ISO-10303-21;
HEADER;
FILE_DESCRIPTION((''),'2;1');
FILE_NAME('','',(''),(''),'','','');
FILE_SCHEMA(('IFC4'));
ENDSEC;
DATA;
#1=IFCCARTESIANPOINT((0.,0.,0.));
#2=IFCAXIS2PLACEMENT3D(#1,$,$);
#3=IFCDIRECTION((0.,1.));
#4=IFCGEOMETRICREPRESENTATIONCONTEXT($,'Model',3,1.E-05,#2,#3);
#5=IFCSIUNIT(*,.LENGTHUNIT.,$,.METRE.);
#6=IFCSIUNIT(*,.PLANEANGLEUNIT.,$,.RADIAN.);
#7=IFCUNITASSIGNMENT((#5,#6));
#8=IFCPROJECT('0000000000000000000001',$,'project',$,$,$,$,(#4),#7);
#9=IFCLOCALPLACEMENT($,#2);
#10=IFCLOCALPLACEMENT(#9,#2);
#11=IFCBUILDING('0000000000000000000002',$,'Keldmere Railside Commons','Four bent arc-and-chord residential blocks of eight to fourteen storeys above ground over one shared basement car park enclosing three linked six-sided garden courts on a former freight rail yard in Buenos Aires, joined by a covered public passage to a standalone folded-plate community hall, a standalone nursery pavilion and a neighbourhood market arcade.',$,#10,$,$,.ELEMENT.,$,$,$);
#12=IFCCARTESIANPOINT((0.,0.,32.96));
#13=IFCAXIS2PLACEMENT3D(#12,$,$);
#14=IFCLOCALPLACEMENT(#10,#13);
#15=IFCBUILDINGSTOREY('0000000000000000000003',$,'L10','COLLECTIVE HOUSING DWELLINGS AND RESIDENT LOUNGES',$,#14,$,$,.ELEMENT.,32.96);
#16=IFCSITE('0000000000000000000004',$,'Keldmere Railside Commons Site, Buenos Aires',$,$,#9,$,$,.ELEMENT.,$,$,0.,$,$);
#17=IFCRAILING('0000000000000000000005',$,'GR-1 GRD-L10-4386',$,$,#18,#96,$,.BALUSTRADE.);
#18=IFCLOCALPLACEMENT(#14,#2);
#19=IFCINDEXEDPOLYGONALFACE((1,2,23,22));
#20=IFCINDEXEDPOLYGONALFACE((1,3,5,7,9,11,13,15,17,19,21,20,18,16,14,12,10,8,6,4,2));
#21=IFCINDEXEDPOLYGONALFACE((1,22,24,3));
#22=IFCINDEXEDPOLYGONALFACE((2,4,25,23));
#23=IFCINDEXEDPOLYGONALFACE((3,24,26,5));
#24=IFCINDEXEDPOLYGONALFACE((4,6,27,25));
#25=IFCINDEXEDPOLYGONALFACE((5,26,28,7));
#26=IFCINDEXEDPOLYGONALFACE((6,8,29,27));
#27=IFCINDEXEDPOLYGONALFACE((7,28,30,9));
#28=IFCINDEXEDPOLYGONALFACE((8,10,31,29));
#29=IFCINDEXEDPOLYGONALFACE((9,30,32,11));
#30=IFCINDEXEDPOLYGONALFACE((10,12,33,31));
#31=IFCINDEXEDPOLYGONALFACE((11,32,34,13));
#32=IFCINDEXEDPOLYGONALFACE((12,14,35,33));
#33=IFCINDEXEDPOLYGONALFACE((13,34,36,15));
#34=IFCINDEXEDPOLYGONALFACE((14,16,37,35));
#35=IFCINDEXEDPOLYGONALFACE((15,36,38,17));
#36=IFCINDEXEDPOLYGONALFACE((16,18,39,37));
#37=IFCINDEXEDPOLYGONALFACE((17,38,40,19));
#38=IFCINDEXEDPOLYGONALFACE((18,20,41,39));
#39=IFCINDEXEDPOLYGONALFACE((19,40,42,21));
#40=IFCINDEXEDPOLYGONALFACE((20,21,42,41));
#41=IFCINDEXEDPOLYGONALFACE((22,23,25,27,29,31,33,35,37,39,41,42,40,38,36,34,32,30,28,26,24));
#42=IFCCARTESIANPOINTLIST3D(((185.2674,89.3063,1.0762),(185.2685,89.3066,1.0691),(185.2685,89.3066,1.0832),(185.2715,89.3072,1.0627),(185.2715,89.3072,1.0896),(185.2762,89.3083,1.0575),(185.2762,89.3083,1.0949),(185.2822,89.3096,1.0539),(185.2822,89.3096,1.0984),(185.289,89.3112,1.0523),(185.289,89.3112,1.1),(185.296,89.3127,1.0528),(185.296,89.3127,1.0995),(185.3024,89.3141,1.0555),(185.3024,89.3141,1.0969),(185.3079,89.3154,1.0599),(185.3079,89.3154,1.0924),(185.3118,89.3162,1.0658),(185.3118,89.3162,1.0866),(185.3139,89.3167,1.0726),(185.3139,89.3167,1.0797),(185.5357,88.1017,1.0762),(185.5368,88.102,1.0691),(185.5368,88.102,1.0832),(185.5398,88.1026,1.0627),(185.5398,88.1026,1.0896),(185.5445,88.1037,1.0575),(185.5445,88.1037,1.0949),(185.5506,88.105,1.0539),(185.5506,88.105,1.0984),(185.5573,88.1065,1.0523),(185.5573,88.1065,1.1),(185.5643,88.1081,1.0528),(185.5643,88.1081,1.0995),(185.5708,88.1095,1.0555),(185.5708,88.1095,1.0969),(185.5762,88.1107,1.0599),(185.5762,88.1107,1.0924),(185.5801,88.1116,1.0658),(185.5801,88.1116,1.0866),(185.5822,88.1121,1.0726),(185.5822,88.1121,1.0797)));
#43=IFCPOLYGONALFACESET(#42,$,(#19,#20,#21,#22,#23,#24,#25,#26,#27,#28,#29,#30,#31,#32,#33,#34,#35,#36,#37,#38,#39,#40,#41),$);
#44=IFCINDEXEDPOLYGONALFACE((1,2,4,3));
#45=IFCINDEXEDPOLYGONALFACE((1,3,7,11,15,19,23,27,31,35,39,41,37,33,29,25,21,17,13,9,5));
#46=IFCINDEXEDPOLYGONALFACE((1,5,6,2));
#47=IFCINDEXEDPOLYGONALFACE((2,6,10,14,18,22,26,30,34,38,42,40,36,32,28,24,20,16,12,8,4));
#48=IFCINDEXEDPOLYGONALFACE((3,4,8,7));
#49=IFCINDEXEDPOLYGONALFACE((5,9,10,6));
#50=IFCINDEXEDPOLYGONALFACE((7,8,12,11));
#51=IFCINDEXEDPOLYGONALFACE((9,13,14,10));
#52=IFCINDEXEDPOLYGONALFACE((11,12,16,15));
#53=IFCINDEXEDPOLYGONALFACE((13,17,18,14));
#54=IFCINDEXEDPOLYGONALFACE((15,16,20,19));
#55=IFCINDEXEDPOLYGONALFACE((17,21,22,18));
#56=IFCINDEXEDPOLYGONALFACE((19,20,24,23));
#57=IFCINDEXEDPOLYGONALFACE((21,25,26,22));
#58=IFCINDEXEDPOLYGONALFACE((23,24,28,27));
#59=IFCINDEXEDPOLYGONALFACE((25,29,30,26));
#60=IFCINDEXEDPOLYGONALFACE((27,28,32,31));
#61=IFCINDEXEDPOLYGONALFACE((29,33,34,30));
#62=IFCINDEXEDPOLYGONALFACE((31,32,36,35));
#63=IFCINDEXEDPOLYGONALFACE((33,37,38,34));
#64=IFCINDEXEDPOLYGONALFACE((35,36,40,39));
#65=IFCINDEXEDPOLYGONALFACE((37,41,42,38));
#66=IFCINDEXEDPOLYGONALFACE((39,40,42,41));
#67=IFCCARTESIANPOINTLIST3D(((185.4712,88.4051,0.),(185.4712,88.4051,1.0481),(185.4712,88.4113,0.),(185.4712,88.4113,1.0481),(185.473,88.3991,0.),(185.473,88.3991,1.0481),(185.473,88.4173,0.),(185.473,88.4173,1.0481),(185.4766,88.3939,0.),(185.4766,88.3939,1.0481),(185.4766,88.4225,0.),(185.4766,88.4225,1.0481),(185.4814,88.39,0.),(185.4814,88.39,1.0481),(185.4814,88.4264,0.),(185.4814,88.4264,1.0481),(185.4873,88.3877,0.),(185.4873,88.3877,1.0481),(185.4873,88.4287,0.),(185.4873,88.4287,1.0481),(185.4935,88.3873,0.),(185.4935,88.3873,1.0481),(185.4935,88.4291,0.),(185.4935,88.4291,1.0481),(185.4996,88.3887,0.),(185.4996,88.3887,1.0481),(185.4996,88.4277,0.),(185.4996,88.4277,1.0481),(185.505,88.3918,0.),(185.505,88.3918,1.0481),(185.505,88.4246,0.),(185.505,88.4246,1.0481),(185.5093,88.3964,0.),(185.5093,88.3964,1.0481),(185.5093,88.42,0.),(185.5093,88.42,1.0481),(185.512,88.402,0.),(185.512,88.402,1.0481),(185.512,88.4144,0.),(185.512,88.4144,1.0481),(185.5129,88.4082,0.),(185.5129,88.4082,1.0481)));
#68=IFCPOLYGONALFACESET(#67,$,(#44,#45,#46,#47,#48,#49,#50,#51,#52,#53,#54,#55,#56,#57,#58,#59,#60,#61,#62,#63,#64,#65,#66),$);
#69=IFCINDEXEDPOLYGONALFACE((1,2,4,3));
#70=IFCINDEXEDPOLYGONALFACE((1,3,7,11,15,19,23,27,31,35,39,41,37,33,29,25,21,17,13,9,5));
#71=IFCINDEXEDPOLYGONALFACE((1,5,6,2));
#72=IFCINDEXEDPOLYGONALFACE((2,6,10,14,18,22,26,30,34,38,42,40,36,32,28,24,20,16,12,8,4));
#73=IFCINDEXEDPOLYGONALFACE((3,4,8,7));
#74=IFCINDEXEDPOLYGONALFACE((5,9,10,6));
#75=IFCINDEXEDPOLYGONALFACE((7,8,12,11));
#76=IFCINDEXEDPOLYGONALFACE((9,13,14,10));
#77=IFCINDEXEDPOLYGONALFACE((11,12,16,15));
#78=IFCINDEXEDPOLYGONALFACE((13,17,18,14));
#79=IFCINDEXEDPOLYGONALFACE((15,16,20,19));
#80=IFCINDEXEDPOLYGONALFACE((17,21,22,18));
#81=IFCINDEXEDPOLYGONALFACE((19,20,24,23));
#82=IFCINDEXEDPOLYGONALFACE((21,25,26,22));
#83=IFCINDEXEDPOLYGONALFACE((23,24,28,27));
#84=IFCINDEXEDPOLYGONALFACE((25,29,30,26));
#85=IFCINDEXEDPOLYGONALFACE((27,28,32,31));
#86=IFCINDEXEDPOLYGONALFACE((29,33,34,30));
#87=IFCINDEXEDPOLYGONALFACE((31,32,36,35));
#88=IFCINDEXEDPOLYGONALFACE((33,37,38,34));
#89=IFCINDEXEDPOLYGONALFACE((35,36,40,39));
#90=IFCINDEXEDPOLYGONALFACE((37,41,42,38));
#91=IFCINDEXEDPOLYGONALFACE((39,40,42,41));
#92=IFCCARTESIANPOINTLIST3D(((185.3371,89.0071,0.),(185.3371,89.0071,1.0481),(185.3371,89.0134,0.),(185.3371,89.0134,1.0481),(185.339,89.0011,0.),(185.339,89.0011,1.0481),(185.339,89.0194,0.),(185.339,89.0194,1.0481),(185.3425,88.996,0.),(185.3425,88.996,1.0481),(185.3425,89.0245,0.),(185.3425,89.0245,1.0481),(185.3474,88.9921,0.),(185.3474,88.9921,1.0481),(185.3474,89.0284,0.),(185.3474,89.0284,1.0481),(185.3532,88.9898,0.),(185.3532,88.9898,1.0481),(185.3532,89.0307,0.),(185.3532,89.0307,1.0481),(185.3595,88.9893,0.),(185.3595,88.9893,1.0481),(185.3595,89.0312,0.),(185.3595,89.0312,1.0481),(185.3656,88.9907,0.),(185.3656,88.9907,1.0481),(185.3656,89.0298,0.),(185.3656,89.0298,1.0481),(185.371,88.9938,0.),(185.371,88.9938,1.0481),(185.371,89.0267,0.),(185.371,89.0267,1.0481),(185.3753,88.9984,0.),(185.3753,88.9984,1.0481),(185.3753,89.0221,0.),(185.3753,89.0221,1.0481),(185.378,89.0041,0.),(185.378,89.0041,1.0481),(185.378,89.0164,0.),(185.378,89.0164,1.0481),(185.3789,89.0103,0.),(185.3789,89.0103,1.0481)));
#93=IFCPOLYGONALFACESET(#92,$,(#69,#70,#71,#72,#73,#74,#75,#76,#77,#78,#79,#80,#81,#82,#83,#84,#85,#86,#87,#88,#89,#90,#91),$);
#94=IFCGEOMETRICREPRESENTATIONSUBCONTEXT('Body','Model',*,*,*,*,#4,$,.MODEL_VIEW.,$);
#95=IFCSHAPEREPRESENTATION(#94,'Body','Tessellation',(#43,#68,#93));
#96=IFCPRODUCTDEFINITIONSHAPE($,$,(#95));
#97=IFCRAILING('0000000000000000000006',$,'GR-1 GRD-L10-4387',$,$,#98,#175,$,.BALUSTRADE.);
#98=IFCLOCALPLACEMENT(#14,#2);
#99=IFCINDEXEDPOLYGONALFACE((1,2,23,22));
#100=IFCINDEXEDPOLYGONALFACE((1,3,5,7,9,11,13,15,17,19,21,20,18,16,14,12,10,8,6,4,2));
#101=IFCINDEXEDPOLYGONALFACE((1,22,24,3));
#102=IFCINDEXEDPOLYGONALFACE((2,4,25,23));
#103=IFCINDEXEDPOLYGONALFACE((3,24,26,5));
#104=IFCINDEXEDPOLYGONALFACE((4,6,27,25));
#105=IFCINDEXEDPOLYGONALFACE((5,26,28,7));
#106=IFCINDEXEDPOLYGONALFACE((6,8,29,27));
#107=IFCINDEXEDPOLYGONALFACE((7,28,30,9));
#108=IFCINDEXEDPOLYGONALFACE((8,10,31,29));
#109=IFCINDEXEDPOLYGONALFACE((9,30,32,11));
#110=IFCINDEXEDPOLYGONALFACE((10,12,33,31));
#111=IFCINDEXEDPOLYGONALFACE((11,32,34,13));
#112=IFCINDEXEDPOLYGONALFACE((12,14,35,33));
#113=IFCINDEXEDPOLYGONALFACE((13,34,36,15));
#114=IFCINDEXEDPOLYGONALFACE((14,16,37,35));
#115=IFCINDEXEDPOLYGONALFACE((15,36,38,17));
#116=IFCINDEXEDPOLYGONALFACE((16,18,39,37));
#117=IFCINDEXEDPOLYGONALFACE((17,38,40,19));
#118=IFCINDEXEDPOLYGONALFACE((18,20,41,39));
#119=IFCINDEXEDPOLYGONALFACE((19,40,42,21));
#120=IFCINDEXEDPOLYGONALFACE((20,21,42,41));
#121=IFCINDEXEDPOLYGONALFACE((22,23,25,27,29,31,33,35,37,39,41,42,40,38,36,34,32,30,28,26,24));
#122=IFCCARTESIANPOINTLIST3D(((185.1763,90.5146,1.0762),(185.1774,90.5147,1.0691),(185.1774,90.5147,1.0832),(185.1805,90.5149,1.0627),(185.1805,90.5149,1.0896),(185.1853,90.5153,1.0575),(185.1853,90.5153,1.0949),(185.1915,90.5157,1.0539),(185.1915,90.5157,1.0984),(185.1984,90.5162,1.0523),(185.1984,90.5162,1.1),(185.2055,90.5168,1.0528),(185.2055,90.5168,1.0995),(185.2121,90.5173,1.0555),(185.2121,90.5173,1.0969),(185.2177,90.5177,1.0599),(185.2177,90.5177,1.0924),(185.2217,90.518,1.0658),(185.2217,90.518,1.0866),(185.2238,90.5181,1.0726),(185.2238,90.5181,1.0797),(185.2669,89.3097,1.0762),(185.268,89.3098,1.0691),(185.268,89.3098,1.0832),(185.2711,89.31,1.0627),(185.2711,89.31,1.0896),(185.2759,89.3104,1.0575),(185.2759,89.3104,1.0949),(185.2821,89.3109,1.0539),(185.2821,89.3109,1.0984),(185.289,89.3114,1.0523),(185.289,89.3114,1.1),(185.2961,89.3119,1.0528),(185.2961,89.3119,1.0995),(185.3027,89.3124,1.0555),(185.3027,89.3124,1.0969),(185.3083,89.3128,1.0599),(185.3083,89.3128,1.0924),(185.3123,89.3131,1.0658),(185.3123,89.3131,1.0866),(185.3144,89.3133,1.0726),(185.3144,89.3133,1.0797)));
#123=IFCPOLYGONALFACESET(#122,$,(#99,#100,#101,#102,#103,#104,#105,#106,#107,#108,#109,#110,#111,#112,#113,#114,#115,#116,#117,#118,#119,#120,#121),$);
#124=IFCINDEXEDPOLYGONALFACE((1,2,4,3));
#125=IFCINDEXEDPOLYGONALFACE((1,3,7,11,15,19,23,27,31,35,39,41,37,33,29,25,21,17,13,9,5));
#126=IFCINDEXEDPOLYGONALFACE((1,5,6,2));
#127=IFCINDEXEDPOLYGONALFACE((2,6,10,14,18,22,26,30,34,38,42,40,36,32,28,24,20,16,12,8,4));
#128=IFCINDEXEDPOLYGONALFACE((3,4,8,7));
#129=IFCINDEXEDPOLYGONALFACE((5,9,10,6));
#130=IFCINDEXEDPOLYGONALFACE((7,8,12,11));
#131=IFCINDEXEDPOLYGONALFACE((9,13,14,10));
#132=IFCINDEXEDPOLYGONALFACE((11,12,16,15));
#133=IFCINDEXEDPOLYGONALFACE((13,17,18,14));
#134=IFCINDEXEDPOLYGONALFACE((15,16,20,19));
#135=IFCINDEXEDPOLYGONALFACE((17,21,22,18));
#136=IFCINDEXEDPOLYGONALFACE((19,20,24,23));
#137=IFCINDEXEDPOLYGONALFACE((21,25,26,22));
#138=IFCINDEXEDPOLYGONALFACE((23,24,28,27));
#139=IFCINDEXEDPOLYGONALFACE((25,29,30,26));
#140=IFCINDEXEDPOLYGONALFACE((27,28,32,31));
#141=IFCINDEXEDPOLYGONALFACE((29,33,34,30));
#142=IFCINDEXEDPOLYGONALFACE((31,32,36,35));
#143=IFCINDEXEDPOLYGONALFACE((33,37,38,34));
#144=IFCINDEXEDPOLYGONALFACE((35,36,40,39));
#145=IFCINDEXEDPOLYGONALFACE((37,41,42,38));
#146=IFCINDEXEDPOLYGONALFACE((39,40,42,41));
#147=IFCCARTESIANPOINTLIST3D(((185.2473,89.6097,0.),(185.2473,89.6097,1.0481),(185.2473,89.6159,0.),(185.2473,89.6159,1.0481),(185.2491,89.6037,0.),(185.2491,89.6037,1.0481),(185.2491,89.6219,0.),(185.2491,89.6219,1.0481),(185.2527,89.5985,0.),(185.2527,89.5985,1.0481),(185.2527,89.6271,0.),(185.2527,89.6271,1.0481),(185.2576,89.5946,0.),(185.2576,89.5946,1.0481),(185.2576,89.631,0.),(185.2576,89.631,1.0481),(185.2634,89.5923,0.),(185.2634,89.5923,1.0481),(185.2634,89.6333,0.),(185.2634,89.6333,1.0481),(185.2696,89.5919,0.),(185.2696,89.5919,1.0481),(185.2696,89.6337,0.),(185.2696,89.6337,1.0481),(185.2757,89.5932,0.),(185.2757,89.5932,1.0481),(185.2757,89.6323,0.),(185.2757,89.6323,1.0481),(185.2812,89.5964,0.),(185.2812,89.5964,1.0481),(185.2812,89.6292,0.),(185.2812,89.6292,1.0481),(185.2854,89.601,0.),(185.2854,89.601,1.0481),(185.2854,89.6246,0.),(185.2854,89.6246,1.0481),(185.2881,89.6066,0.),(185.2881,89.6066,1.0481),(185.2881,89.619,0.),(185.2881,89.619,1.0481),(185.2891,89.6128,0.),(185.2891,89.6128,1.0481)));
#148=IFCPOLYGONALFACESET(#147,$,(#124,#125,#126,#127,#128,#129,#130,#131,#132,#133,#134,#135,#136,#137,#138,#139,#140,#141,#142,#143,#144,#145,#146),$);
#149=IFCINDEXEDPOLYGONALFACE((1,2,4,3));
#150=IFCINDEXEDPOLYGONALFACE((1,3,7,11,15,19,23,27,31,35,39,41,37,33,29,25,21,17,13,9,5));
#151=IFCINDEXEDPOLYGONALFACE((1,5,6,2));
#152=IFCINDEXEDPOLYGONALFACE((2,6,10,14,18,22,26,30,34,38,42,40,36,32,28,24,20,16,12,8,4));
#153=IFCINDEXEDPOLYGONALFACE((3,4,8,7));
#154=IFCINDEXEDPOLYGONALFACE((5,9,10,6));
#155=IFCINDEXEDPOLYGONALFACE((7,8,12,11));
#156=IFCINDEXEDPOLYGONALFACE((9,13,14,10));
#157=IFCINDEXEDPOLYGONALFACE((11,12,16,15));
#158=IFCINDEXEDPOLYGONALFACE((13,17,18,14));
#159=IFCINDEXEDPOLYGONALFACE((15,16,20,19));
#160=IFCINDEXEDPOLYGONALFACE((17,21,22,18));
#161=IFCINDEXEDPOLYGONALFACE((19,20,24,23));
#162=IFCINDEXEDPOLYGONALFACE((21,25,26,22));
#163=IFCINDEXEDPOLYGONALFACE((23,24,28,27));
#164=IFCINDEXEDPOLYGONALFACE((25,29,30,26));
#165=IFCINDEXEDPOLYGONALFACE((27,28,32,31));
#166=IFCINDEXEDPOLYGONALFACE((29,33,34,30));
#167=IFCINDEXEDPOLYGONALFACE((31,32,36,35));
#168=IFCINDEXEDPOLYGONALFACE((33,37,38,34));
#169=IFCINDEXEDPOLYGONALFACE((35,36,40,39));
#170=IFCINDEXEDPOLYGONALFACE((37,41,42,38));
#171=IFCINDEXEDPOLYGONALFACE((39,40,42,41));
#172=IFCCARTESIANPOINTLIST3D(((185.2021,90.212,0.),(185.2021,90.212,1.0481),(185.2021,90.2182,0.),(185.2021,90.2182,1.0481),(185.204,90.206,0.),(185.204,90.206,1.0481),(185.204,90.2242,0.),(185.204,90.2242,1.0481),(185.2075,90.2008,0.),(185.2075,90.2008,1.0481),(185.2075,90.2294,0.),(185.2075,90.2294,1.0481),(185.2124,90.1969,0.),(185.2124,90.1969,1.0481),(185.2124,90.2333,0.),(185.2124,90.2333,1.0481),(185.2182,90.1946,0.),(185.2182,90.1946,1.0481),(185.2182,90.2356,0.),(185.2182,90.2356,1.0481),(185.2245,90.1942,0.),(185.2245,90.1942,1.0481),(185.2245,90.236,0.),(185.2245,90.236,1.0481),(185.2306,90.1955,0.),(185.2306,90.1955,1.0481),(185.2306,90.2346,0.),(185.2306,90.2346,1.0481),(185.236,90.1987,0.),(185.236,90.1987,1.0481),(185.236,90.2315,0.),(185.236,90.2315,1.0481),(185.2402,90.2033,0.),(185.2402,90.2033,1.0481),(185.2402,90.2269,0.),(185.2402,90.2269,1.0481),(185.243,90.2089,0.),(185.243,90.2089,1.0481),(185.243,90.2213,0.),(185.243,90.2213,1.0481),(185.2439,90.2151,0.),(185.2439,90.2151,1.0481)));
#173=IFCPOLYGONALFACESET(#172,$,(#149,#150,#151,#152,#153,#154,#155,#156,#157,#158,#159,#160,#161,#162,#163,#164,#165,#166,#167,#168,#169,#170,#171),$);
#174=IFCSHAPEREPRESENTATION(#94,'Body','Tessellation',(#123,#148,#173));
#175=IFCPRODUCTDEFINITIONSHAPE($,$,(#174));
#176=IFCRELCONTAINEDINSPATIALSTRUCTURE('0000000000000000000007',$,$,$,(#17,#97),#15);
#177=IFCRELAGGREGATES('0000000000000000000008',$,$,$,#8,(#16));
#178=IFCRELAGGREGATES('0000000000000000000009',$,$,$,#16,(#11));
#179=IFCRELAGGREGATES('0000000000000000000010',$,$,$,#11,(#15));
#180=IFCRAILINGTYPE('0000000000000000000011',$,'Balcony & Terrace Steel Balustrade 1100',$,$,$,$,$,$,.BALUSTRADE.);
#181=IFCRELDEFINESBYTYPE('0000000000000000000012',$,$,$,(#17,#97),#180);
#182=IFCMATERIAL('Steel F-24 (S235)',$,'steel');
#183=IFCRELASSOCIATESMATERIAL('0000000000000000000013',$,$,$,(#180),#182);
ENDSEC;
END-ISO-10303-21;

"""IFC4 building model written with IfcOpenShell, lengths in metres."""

from ifc_helpers import new_model, si_unit, direction, frame, origin, origin_2d, place, context, subcontext, project, spatial, circle, extrude, material, type_object, element, save


model = new_model("IFC4")

# Units and contexts
model_context = context("Model", 3, precision=1e-05, world=origin(), true_north=direction((0.0, 1.0)))
body_context = subcontext(model_context, "Body", "Model", "MODEL_VIEW")
ifc_project = project(units=[si_unit("LENGTHUNIT", "METRE"), si_unit("PLANEANGLEUNIT", "RADIAN")], contexts=[model_context])

# Site, building, storey
site_placement = place(None, origin())
site = spatial("IfcSite", under=ifc_project, at=site_placement, Name="Keldmere Railside Commons Site, Buenos Aires", CompositionType="ELEMENT", RefElevation=0.0)
building_placement = place(site_placement, origin())
building = spatial("IfcBuilding", under=site, at=building_placement, Name="Keldmere Railside Commons", Description="Four bent arc-and-chord residential blocks of eight to fourteen storeys above ground over one shared basement car park enclosing three linked six-sided garden courts on a former freight rail yard in Buenos Aires, joined by a covered public passage to a standalone folded-plate community hall, a standalone nursery pavilion and a neighbourhood market arcade.", CompositionType="ELEMENT")
storey_placement = place(building_placement, frame((0.0, 0.0, 32.96)))
storey = spatial("IfcBuildingStorey", under=building, at=storey_placement, Name="L10", Description="COLLECTIVE HOUSING DWELLINGS AND RESIDENT LOUNGES", CompositionType="ELEMENT", Elevation=32.96)

# Railings
ifc_material_1 = material(Name="Steel F-24 (S235)", Category="steel")
railing_type = type_object("IfcRailingType", Name="Balcony & Terrace Steel Balustrade 1100", PredefinedType="BALUSTRADE", material=ifc_material_1)
railing_1_placement = place(storey_placement, frame((185.5591, 88.1069, 0.0)))
element("IfcRailing", 1, at=railing_1_placement, inside=storey, type_object=railing_type, Name="GR-1 GRD-L10-4386", PredefinedType="BALUSTRADE", context=body_context, shape_type="SweptSolid", body=[
    extrude(circle(Radius=0.0239, at=origin_2d()), frame((0.0, 0.0, 1.0762), z_axis=(-0.217412, 0.97608, 0.0), x_axis=(-0.97608, -0.217412, 0.0)), (0.0, 0.0, 1.0), 1.2341),
    extrude(circle(Radius=0.021, at=origin_2d()), frame((-0.0671, 0.3013, 0.0)), (0.0, 0.0, 1.0), 1.0481),
    extrude(circle(Radius=0.021, at=origin_2d()), frame((-0.2012, 0.9033, 0.0)), (0.0, 0.0, 1.0), 1.0481),
])
railing_2_placement = place(storey_placement, frame((185.2908, 89.3115, 0.0)))
element("IfcRailing", 2, at=railing_2_placement, inside=storey, type_object=railing_type, Name="GR-1 GRD-L10-4387", PredefinedType="BALUSTRADE", context=body_context, shape_type="SweptSolid", body=[
    extrude(circle(Radius=0.0239, at=origin_2d()), frame((0.0, 0.0, 1.0762), z_axis=(-0.074966, 0.997186, 0.0), x_axis=(-0.997186, -0.074966, 0.0)), (0.0, 0.0, 1.0), 1.2083),
    extrude(circle(Radius=0.021, at=origin_2d()), frame((-0.0227, 0.3013, 0.0)), (0.0, 0.0, 1.0), 1.0481),
    extrude(circle(Radius=0.021, at=origin_2d()), frame((-0.0679, 0.9036, 0.0)), (0.0, 0.0, 1.0), 1.0481),
])

save(model, "model.ifc")
